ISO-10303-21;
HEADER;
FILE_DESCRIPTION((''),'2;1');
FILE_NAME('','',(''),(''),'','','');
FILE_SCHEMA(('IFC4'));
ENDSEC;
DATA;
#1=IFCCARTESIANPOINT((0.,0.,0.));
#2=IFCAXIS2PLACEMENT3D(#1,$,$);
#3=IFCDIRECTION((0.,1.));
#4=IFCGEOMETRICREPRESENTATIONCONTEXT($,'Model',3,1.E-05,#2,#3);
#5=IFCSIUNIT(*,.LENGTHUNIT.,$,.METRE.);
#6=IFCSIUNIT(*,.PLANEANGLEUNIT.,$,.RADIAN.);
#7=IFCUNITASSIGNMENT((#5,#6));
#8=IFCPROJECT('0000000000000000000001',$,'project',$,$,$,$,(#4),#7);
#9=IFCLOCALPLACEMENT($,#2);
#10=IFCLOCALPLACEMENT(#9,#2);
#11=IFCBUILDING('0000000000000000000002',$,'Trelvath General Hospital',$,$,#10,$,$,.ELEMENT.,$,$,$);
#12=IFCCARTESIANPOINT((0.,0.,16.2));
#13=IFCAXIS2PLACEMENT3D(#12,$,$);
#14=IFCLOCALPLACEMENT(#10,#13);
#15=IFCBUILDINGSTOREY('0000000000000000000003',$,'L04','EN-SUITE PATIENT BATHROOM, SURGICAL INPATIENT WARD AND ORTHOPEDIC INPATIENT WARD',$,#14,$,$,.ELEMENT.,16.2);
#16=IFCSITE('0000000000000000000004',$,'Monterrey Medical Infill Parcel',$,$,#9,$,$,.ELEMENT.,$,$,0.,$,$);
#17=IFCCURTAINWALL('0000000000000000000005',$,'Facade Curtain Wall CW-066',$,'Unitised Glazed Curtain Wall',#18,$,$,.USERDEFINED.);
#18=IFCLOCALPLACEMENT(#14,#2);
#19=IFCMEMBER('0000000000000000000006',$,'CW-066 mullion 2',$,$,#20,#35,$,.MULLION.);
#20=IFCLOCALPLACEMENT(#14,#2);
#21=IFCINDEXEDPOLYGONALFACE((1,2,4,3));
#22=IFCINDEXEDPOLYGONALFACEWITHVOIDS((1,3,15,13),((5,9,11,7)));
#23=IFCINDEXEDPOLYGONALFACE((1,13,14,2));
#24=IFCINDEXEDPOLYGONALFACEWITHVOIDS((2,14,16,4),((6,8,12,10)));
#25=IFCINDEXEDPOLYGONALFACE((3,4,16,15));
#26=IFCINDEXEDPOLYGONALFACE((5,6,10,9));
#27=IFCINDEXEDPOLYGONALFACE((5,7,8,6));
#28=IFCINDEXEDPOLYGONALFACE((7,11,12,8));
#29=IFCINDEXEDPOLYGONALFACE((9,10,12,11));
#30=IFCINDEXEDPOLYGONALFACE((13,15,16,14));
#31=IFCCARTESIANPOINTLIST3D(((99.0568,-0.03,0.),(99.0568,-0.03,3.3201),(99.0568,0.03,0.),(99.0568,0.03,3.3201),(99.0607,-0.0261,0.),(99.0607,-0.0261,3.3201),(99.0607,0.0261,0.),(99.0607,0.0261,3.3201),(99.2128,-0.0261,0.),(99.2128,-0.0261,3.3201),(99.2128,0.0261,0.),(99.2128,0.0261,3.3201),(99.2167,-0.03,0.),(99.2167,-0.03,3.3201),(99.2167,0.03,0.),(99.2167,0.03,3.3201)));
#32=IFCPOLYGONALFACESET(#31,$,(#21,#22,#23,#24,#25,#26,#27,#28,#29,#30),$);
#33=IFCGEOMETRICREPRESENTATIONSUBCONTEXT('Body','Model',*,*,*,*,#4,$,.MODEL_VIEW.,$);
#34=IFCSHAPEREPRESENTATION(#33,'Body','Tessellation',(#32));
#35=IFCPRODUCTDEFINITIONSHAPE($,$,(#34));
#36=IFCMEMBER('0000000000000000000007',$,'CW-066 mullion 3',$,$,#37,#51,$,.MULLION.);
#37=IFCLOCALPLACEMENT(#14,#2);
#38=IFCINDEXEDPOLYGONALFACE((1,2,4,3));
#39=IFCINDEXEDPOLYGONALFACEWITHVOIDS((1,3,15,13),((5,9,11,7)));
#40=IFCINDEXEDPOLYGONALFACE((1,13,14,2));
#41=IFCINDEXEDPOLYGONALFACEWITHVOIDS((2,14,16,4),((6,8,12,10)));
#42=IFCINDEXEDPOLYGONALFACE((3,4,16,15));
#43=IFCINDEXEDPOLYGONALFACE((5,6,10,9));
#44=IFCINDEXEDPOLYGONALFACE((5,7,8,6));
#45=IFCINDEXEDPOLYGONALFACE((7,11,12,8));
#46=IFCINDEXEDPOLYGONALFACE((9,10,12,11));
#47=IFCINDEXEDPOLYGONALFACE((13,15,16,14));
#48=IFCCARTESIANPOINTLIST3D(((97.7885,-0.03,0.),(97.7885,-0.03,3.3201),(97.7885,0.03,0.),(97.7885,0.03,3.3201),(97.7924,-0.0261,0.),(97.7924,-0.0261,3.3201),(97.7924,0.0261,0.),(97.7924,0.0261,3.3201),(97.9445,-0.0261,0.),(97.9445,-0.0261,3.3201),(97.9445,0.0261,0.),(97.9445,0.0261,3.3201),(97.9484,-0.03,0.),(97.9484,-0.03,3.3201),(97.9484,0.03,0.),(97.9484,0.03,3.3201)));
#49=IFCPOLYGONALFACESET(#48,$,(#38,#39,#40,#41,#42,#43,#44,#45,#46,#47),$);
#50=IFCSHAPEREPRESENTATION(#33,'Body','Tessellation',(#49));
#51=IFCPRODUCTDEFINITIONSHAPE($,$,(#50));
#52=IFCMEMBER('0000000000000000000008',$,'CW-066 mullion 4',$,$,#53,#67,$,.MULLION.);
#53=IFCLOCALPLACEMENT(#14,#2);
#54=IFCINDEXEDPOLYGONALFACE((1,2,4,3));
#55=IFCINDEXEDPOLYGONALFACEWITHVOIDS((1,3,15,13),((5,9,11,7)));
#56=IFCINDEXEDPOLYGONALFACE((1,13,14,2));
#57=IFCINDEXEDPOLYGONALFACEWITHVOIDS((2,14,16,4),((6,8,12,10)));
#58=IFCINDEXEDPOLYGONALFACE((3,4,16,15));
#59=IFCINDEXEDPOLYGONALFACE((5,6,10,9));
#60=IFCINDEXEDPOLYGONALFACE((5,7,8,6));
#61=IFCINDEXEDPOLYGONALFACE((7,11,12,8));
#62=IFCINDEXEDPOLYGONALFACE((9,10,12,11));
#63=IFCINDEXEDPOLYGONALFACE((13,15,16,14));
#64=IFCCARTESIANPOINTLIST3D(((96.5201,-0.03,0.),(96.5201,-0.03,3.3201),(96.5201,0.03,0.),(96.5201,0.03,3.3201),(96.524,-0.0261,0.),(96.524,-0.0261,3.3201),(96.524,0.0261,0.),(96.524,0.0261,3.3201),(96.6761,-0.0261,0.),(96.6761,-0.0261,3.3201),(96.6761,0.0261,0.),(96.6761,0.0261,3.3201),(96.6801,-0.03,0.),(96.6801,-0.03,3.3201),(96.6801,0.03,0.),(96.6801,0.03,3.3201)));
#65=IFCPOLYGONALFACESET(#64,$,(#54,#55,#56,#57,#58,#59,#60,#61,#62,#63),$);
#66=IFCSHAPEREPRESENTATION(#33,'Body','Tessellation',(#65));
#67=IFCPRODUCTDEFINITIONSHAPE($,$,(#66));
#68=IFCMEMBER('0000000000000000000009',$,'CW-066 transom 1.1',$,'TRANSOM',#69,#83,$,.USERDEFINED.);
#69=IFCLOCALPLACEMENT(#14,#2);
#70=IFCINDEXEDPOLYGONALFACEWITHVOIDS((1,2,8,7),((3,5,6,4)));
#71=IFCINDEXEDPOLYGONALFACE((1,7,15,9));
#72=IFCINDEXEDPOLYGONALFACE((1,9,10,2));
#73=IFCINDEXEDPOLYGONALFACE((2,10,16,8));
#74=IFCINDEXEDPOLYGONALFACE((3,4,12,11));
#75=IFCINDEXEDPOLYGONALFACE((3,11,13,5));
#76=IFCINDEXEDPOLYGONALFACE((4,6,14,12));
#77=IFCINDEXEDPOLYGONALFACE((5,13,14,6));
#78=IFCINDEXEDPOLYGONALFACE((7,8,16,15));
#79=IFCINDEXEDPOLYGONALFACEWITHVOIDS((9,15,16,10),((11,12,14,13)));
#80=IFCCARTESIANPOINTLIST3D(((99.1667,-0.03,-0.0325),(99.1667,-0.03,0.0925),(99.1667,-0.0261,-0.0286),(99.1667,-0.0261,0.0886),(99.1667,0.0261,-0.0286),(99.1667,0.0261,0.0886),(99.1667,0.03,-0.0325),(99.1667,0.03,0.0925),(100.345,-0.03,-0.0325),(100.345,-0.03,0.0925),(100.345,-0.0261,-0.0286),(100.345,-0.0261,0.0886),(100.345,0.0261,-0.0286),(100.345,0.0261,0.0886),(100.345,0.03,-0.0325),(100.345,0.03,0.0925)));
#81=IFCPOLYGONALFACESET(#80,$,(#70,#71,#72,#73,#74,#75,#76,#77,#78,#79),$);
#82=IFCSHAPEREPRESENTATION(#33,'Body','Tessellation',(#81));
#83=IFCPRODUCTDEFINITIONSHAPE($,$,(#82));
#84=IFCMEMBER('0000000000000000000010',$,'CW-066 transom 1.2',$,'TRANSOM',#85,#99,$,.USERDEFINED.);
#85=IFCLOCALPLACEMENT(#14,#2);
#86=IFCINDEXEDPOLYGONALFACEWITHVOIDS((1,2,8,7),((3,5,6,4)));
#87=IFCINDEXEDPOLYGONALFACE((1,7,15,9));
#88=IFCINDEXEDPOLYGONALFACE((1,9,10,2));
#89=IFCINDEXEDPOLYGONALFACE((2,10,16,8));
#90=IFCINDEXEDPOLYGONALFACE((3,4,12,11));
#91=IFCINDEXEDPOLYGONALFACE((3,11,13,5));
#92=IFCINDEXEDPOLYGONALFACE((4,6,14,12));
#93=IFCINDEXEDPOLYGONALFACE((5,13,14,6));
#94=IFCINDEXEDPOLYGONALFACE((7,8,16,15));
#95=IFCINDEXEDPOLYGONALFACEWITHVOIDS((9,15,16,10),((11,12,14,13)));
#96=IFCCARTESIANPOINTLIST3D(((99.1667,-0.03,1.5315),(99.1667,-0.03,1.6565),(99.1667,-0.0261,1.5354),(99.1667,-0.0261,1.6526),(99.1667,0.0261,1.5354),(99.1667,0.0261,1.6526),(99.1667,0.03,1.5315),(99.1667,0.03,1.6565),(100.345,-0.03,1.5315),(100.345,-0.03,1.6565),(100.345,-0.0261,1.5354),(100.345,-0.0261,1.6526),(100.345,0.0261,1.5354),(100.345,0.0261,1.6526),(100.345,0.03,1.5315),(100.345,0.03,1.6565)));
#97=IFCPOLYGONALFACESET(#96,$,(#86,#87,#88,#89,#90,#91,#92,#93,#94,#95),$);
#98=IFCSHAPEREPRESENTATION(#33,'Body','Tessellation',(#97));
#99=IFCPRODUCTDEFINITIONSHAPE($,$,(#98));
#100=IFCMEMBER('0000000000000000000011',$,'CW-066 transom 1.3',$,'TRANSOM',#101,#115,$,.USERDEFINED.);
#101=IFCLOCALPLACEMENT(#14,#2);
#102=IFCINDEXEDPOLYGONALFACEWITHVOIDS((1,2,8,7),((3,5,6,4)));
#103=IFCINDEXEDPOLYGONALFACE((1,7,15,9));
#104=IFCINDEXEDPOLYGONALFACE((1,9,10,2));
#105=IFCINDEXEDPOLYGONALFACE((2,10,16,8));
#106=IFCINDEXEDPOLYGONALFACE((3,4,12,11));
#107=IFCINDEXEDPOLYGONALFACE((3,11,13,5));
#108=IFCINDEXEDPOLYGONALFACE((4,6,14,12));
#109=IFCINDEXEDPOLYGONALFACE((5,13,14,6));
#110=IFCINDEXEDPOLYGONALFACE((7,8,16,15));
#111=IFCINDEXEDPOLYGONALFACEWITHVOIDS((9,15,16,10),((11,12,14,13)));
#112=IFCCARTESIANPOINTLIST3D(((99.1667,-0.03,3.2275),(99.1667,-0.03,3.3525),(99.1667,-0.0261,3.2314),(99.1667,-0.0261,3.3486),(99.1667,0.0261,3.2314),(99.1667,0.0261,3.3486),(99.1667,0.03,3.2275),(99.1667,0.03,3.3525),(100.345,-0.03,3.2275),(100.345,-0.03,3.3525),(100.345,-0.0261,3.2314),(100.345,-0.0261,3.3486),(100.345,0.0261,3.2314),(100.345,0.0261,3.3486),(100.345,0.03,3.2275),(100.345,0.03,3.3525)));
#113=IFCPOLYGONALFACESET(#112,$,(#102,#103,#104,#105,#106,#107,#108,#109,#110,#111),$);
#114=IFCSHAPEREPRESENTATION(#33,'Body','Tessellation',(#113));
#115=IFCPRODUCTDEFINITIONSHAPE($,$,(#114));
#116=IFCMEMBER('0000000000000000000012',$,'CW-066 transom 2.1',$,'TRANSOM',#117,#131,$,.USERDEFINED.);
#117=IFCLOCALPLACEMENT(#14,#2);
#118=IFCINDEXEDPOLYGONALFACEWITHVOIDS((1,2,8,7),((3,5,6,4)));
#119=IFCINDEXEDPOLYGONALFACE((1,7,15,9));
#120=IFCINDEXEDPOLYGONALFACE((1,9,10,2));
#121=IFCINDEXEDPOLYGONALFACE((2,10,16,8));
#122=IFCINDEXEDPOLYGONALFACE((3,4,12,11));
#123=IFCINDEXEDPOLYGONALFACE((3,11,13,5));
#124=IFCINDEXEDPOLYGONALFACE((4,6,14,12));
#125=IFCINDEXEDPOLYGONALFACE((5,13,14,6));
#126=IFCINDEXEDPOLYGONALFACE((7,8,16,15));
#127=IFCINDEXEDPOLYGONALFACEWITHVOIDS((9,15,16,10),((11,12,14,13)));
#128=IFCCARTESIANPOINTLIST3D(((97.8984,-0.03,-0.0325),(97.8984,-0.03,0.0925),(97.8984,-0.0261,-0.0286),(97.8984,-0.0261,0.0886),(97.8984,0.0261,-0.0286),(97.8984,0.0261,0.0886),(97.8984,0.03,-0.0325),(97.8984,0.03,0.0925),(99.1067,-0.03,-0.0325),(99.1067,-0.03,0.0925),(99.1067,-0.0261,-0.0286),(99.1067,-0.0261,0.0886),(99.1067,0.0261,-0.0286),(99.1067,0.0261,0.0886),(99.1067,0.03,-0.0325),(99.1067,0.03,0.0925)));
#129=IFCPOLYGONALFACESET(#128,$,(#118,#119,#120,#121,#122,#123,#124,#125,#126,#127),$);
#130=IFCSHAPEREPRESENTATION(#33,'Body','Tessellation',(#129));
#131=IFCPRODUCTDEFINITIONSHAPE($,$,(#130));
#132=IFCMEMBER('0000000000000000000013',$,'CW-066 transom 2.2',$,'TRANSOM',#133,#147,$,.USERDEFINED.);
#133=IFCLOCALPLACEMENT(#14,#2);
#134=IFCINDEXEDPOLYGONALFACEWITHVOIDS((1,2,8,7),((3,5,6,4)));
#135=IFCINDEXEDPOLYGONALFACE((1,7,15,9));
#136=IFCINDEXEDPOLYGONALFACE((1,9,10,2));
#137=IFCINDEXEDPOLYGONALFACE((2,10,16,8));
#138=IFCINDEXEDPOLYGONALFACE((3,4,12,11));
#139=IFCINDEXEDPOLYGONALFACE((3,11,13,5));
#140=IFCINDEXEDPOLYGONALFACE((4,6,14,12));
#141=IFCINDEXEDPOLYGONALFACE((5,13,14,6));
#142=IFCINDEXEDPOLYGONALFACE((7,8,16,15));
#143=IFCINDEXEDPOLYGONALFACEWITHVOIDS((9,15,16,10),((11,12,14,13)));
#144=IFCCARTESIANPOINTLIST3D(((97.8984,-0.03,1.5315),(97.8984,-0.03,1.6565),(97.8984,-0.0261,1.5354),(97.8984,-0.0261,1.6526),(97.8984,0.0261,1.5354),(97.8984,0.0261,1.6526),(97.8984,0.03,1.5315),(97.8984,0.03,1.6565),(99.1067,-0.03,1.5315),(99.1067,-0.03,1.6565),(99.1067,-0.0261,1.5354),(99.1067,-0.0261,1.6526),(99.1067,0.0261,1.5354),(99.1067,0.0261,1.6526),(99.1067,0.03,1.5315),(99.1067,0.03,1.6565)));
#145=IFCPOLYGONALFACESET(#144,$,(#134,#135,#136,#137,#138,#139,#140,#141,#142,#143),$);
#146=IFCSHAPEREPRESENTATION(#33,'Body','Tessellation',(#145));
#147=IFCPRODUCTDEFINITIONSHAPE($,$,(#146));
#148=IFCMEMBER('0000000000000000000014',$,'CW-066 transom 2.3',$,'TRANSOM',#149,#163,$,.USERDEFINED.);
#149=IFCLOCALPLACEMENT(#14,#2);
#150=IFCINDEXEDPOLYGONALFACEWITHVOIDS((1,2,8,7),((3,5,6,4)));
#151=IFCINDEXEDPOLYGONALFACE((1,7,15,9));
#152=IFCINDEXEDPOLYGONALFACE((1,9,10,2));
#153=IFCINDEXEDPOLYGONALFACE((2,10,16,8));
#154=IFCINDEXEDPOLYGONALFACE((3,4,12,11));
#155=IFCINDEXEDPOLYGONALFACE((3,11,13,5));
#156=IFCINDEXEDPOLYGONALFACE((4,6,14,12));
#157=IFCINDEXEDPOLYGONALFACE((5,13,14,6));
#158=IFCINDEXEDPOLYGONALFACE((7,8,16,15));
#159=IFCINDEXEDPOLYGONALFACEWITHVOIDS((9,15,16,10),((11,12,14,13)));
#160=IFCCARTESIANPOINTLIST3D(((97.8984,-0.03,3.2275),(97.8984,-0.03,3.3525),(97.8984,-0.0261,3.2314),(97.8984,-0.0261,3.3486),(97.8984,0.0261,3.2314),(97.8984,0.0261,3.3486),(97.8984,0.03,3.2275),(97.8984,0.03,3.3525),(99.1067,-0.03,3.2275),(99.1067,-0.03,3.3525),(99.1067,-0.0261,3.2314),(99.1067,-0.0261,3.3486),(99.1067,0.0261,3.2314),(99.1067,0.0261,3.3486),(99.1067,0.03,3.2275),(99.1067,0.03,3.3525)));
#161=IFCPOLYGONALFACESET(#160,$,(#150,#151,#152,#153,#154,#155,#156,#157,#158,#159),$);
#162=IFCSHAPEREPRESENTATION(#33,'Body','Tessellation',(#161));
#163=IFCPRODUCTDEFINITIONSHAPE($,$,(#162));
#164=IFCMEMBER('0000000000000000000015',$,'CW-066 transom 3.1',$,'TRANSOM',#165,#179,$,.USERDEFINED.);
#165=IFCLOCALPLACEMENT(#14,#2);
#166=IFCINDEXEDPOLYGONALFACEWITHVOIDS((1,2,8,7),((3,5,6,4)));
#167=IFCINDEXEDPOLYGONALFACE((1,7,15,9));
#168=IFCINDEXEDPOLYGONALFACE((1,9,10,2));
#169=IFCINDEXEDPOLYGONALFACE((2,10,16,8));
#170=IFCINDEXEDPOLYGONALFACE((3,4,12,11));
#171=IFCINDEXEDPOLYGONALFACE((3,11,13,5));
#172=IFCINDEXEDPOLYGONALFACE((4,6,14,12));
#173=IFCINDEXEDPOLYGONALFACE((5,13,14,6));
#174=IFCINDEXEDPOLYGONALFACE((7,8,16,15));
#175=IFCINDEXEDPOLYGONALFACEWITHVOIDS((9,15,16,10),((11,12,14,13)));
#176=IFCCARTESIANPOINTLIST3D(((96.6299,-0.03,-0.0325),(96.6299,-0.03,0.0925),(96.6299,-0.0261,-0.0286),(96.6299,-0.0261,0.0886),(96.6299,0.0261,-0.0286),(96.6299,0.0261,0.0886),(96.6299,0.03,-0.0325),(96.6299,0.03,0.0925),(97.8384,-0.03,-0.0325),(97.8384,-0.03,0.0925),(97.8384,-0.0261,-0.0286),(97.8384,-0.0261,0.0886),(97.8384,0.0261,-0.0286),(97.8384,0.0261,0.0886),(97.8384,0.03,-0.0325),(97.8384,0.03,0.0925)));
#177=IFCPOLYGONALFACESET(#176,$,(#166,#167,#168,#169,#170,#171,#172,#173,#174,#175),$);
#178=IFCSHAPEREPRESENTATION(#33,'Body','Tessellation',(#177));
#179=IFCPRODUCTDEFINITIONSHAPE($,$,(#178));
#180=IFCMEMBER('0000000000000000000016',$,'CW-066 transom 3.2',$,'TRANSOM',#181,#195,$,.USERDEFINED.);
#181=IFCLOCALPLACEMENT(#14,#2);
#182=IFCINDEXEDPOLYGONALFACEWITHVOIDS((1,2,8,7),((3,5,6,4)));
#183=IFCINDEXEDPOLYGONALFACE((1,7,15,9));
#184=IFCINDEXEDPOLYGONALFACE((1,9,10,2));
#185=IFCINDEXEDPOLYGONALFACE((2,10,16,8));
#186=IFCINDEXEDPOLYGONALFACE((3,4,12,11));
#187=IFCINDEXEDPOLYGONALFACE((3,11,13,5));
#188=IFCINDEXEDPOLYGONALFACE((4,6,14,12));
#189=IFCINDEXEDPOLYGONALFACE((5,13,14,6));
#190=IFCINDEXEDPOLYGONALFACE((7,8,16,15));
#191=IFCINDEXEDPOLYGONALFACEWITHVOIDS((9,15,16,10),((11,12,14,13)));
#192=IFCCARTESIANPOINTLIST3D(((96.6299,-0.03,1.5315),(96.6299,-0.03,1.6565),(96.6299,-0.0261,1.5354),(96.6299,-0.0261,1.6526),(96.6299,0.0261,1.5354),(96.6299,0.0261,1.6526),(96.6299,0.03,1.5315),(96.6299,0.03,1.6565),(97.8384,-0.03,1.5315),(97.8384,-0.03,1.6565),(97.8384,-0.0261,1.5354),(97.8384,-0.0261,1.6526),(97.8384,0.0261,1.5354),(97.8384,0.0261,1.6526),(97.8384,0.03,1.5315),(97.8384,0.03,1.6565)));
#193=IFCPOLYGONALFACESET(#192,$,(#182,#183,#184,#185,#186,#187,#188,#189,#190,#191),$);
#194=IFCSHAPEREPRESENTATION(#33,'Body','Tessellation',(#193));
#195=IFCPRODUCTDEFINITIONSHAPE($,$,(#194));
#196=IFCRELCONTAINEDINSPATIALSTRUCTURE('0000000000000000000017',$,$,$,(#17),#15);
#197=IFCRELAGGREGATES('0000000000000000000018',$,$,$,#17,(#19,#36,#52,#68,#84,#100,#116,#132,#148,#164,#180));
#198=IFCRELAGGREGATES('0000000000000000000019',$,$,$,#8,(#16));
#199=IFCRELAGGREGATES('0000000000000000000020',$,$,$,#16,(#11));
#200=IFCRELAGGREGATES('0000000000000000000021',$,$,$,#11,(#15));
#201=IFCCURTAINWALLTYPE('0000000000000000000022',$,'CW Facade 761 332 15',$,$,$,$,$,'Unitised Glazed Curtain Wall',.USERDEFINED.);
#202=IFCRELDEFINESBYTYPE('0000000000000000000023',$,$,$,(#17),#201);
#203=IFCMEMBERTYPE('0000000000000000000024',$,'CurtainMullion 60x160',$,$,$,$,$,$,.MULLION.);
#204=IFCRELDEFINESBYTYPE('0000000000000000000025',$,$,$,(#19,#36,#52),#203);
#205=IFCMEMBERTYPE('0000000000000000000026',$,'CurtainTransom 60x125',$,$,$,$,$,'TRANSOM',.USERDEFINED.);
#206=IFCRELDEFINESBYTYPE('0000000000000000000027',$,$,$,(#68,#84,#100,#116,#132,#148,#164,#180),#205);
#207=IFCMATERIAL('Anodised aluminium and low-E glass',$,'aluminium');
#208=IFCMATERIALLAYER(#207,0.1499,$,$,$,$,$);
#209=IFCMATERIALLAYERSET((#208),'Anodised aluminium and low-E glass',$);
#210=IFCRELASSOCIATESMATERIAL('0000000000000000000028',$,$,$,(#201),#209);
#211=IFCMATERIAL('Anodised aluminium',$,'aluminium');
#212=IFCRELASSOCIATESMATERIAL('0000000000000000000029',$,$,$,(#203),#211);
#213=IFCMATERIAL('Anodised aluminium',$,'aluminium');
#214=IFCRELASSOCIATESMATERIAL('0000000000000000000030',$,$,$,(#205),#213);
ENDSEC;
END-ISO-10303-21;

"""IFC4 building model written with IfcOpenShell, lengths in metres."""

from ifc_helpers import new_model, si_unit, direction, frame, origin, origin_2d, place, context, subcontext, project, spatial, hollow_rectangle, extrude, material, layer, layer_set, material_profile, profile_set, type_object, element, aggregate, save


model = new_model("IFC4")

# Units and contexts
model_context = context("Model", 3, precision=1e-05, world=origin(), true_north=direction((0.0, 1.0)))
body_context = subcontext(model_context, "Body", "Model", "MODEL_VIEW")
ifc_project = project(units=[si_unit("LENGTHUNIT", "METRE"), si_unit("PLANEANGLEUNIT", "RADIAN")], contexts=[model_context])

# Site, building, storey
site_placement = place(None, origin())
site = spatial("IfcSite", under=ifc_project, at=site_placement, Name="Monterrey Medical Infill Parcel", CompositionType="ELEMENT", RefElevation=0.0)
building_placement = place(site_placement, origin())
building = spatial("IfcBuilding", under=site, at=building_placement, Name="Trelvath General Hospital", CompositionType="ELEMENT")
storey_placement = place(building_placement, frame((0.0, 0.0, 16.2)))
storey = spatial("IfcBuildingStorey", under=building, at=storey_placement, Name="L04", Description="EN-SUITE PATIENT BATHROOM, SURGICAL INPATIENT WARD AND ORTHOPEDIC INPATIENT WARD", CompositionType="ELEMENT", Elevation=16.2)

# Curtain wall, members
ifc_material_1 = material(Name="Anodised aluminium and low-E glass", Category="aluminium")
ifc_layer_1 = layer(ifc_material_1, 0.1499)
ifc_layer_set_1 = layer_set([ifc_layer_1], Name="Anodised aluminium and low-E glass")
curtain_wall_type = type_object("IfcCurtainWallType", Name="CW Facade 761 332 15", ElementType="Unitised Glazed Curtain Wall", PredefinedType="USERDEFINED", material=ifc_layer_set_1)
curtain_wall_placement = place(storey_placement, origin())
curtain_wall = element("IfcCurtainWall", 1, at=curtain_wall_placement, inside=storey, type_object=curtain_wall_type, Name="Facade Curtain Wall CW-066", ObjectType="Unitised Glazed Curtain Wall", PredefinedType="USERDEFINED")
ifc_material_2 = material(Name="Anodised aluminium", Category="aluminium")
ifc_material_profile_1 = material_profile(ifc_material_2, hollow_rectangle(XDim=0.0601, YDim=0.1599, WallThickness=0.0039, at=origin_2d()), Name="RHS60x160x4")
ifc_profile_set_1 = profile_set([ifc_material_profile_1], Name="Anodised aluminium")
member_type_1 = type_object("IfcMemberType", Name="CurtainMullion 60x160", PredefinedType="MULLION", material=ifc_profile_set_1)
member_1_placement = place(storey_placement, frame((99.1367, 0.0, 0.0), z_axis=(0.0, 0.0, 1.0), x_axis=(0.0, -1.0, 0.0)))
member_1 = element("IfcMember", 2, at=member_1_placement, type_object=member_type_1, Name="CW-066 mullion 2", PredefinedType="MULLION", context=body_context, shape_type="SweptSolid", body=[
    extrude(hollow_rectangle(XDim=0.0601, YDim=0.1599, WallThickness=0.0039, at=origin_2d()), origin(), (0.0, 0.0, 1.0), 3.3201),
])
member_2_placement = place(storey_placement, frame((97.8684, 0.0, 0.0), z_axis=(0.0, 0.0, 1.0), x_axis=(0.0, -1.0, 0.0)))
member_2 = element("IfcMember", 3, at=member_2_placement, type_object=member_type_1, Name="CW-066 mullion 3", PredefinedType="MULLION", context=body_context, shape_type="SweptSolid", body=[
    extrude(hollow_rectangle(XDim=0.0601, YDim=0.1599, WallThickness=0.0039, at=origin_2d()), origin(), (0.0, 0.0, 1.0), 3.3201),
])
member_3_placement = place(storey_placement, frame((96.6001, 0.0, 0.0), z_axis=(0.0, 0.0, 1.0), x_axis=(0.0, -1.0, 0.0)))
member_3 = element("IfcMember", 4, at=member_3_placement, type_object=member_type_1, Name="CW-066 mullion 4", PredefinedType="MULLION", context=body_context, shape_type="SweptSolid", body=[
    extrude(hollow_rectangle(XDim=0.0601, YDim=0.1599, WallThickness=0.0039, at=origin_2d()), origin(), (0.0, 0.0, 1.0), 3.3201),
])
ifc_material_3 = material(Name="Anodised aluminium", Category="aluminium")
ifc_material_profile_2 = material_profile(ifc_material_3, hollow_rectangle(XDim=0.0601, YDim=0.125, WallThickness=0.0039, at=origin_2d()), Name="RHS60x125x4")
ifc_profile_set_2 = profile_set([ifc_material_profile_2], Name="Anodised aluminium")
member_type_2 = type_object("IfcMemberType", Name="CurtainTransom 60x125", ElementType="TRANSOM", PredefinedType="USERDEFINED", material=ifc_profile_set_2)
member_4_placement = place(storey_placement, frame((100.345, 0.0, 0.03), z_axis=(-1.0, 0.0, 0.0), x_axis=(0.0, -1.0, 0.0)))
member_4 = element("IfcMember", 5, at=member_4_placement, type_object=member_type_2, Name="CW-066 transom 1.1", ObjectType="TRANSOM", PredefinedType="USERDEFINED", context=body_context, shape_type="SweptSolid", body=[
    extrude(hollow_rectangle(XDim=0.0601, YDim=0.125, WallThickness=0.0039, at=origin_2d()), origin(), (0.0, 0.0, 1.0), 1.1782),
])
member_5_placement = place(storey_placement, frame((100.345, 0.0, 1.594), z_axis=(-1.0, 0.0, 0.0), x_axis=(0.0, -1.0, 0.0)))
member_5 = element("IfcMember", 6, at=member_5_placement, type_object=member_type_2, Name="CW-066 transom 1.2", ObjectType="TRANSOM", PredefinedType="USERDEFINED", context=body_context, shape_type="SweptSolid", body=[
    extrude(hollow_rectangle(XDim=0.0601, YDim=0.125, WallThickness=0.0039, at=origin_2d()), origin(), (0.0, 0.0, 1.0), 1.1782),
])
member_6_placement = place(storey_placement, frame((100.345, 0.0, 3.29), z_axis=(-1.0, 0.0, 0.0), x_axis=(0.0, -1.0, 0.0)))
member_6 = element("IfcMember", 7, at=member_6_placement, type_object=member_type_2, Name="CW-066 transom 1.3", ObjectType="TRANSOM", PredefinedType="USERDEFINED", context=body_context, shape_type="SweptSolid", body=[
    extrude(hollow_rectangle(XDim=0.0601, YDim=0.125, WallThickness=0.0039, at=origin_2d()), origin(), (0.0, 0.0, 1.0), 1.1782),
])
member_7_placement = place(storey_placement, frame((99.1067, 0.0, 0.03), z_axis=(-1.0, 0.0, 0.0), x_axis=(0.0, -1.0, 0.0)))
member_7 = element("IfcMember", 8, at=member_7_placement, type_object=member_type_2, Name="CW-066 transom 2.1", ObjectType="TRANSOM", PredefinedType="USERDEFINED", context=body_context, shape_type="SweptSolid", body=[
    extrude(hollow_rectangle(XDim=0.0601, YDim=0.125, WallThickness=0.0039, at=origin_2d()), origin(), (0.0, 0.0, 1.0), 1.2083),
])
member_8_placement = place(storey_placement, frame((99.1067, 0.0, 1.594), z_axis=(-1.0, 0.0, 0.0), x_axis=(0.0, -1.0, 0.0)))
member_8 = element("IfcMember", 9, at=member_8_placement, type_object=member_type_2, Name="CW-066 transom 2.2", ObjectType="TRANSOM", PredefinedType="USERDEFINED", context=body_context, shape_type="SweptSolid", body=[
    extrude(hollow_rectangle(XDim=0.0601, YDim=0.125, WallThickness=0.0039, at=origin_2d()), origin(), (0.0, 0.0, 1.0), 1.2083),
])
member_9_placement = place(storey_placement, frame((99.1067, 0.0, 3.29), z_axis=(-1.0, 0.0, 0.0), x_axis=(0.0, -1.0, 0.0)))
member_9 = element("IfcMember", 10, at=member_9_placement, type_object=member_type_2, Name="CW-066 transom 2.3", ObjectType="TRANSOM", PredefinedType="USERDEFINED", context=body_context, shape_type="SweptSolid", body=[
    extrude(hollow_rectangle(XDim=0.0601, YDim=0.125, WallThickness=0.0039, at=origin_2d()), origin(), (0.0, 0.0, 1.0), 1.2083),
])
member_10_placement = place(storey_placement, frame((97.8384, 0.0, 0.03), z_axis=(-1.0, 0.0, 0.0), x_axis=(0.0, -1.0, 0.0)))
member_10 = element("IfcMember", 11, at=member_10_placement, type_object=member_type_2, Name="CW-066 transom 3.1", ObjectType="TRANSOM", PredefinedType="USERDEFINED", context=body_context, shape_type="SweptSolid", body=[
    extrude(hollow_rectangle(XDim=0.0601, YDim=0.125, WallThickness=0.0039, at=origin_2d()), origin(), (0.0, 0.0, 1.0), 1.2085),
])
member_11_placement = place(storey_placement, frame((97.8384, 0.0, 1.594), z_axis=(-1.0, 0.0, 0.0), x_axis=(0.0, -1.0, 0.0)))
member_11 = element("IfcMember", 12, at=member_11_placement, type_object=member_type_2, Name="CW-066 transom 3.2", ObjectType="TRANSOM", PredefinedType="USERDEFINED", context=body_context, shape_type="SweptSolid", body=[
    extrude(hollow_rectangle(XDim=0.0601, YDim=0.125, WallThickness=0.0039, at=origin_2d()), origin(), (0.0, 0.0, 1.0), 1.2085),
])
aggregate(curtain_wall, [member_1, member_2, member_3, member_4, member_5, member_6, member_7, member_8, member_9, member_10, member_11])

save(model, "model.ifc")
